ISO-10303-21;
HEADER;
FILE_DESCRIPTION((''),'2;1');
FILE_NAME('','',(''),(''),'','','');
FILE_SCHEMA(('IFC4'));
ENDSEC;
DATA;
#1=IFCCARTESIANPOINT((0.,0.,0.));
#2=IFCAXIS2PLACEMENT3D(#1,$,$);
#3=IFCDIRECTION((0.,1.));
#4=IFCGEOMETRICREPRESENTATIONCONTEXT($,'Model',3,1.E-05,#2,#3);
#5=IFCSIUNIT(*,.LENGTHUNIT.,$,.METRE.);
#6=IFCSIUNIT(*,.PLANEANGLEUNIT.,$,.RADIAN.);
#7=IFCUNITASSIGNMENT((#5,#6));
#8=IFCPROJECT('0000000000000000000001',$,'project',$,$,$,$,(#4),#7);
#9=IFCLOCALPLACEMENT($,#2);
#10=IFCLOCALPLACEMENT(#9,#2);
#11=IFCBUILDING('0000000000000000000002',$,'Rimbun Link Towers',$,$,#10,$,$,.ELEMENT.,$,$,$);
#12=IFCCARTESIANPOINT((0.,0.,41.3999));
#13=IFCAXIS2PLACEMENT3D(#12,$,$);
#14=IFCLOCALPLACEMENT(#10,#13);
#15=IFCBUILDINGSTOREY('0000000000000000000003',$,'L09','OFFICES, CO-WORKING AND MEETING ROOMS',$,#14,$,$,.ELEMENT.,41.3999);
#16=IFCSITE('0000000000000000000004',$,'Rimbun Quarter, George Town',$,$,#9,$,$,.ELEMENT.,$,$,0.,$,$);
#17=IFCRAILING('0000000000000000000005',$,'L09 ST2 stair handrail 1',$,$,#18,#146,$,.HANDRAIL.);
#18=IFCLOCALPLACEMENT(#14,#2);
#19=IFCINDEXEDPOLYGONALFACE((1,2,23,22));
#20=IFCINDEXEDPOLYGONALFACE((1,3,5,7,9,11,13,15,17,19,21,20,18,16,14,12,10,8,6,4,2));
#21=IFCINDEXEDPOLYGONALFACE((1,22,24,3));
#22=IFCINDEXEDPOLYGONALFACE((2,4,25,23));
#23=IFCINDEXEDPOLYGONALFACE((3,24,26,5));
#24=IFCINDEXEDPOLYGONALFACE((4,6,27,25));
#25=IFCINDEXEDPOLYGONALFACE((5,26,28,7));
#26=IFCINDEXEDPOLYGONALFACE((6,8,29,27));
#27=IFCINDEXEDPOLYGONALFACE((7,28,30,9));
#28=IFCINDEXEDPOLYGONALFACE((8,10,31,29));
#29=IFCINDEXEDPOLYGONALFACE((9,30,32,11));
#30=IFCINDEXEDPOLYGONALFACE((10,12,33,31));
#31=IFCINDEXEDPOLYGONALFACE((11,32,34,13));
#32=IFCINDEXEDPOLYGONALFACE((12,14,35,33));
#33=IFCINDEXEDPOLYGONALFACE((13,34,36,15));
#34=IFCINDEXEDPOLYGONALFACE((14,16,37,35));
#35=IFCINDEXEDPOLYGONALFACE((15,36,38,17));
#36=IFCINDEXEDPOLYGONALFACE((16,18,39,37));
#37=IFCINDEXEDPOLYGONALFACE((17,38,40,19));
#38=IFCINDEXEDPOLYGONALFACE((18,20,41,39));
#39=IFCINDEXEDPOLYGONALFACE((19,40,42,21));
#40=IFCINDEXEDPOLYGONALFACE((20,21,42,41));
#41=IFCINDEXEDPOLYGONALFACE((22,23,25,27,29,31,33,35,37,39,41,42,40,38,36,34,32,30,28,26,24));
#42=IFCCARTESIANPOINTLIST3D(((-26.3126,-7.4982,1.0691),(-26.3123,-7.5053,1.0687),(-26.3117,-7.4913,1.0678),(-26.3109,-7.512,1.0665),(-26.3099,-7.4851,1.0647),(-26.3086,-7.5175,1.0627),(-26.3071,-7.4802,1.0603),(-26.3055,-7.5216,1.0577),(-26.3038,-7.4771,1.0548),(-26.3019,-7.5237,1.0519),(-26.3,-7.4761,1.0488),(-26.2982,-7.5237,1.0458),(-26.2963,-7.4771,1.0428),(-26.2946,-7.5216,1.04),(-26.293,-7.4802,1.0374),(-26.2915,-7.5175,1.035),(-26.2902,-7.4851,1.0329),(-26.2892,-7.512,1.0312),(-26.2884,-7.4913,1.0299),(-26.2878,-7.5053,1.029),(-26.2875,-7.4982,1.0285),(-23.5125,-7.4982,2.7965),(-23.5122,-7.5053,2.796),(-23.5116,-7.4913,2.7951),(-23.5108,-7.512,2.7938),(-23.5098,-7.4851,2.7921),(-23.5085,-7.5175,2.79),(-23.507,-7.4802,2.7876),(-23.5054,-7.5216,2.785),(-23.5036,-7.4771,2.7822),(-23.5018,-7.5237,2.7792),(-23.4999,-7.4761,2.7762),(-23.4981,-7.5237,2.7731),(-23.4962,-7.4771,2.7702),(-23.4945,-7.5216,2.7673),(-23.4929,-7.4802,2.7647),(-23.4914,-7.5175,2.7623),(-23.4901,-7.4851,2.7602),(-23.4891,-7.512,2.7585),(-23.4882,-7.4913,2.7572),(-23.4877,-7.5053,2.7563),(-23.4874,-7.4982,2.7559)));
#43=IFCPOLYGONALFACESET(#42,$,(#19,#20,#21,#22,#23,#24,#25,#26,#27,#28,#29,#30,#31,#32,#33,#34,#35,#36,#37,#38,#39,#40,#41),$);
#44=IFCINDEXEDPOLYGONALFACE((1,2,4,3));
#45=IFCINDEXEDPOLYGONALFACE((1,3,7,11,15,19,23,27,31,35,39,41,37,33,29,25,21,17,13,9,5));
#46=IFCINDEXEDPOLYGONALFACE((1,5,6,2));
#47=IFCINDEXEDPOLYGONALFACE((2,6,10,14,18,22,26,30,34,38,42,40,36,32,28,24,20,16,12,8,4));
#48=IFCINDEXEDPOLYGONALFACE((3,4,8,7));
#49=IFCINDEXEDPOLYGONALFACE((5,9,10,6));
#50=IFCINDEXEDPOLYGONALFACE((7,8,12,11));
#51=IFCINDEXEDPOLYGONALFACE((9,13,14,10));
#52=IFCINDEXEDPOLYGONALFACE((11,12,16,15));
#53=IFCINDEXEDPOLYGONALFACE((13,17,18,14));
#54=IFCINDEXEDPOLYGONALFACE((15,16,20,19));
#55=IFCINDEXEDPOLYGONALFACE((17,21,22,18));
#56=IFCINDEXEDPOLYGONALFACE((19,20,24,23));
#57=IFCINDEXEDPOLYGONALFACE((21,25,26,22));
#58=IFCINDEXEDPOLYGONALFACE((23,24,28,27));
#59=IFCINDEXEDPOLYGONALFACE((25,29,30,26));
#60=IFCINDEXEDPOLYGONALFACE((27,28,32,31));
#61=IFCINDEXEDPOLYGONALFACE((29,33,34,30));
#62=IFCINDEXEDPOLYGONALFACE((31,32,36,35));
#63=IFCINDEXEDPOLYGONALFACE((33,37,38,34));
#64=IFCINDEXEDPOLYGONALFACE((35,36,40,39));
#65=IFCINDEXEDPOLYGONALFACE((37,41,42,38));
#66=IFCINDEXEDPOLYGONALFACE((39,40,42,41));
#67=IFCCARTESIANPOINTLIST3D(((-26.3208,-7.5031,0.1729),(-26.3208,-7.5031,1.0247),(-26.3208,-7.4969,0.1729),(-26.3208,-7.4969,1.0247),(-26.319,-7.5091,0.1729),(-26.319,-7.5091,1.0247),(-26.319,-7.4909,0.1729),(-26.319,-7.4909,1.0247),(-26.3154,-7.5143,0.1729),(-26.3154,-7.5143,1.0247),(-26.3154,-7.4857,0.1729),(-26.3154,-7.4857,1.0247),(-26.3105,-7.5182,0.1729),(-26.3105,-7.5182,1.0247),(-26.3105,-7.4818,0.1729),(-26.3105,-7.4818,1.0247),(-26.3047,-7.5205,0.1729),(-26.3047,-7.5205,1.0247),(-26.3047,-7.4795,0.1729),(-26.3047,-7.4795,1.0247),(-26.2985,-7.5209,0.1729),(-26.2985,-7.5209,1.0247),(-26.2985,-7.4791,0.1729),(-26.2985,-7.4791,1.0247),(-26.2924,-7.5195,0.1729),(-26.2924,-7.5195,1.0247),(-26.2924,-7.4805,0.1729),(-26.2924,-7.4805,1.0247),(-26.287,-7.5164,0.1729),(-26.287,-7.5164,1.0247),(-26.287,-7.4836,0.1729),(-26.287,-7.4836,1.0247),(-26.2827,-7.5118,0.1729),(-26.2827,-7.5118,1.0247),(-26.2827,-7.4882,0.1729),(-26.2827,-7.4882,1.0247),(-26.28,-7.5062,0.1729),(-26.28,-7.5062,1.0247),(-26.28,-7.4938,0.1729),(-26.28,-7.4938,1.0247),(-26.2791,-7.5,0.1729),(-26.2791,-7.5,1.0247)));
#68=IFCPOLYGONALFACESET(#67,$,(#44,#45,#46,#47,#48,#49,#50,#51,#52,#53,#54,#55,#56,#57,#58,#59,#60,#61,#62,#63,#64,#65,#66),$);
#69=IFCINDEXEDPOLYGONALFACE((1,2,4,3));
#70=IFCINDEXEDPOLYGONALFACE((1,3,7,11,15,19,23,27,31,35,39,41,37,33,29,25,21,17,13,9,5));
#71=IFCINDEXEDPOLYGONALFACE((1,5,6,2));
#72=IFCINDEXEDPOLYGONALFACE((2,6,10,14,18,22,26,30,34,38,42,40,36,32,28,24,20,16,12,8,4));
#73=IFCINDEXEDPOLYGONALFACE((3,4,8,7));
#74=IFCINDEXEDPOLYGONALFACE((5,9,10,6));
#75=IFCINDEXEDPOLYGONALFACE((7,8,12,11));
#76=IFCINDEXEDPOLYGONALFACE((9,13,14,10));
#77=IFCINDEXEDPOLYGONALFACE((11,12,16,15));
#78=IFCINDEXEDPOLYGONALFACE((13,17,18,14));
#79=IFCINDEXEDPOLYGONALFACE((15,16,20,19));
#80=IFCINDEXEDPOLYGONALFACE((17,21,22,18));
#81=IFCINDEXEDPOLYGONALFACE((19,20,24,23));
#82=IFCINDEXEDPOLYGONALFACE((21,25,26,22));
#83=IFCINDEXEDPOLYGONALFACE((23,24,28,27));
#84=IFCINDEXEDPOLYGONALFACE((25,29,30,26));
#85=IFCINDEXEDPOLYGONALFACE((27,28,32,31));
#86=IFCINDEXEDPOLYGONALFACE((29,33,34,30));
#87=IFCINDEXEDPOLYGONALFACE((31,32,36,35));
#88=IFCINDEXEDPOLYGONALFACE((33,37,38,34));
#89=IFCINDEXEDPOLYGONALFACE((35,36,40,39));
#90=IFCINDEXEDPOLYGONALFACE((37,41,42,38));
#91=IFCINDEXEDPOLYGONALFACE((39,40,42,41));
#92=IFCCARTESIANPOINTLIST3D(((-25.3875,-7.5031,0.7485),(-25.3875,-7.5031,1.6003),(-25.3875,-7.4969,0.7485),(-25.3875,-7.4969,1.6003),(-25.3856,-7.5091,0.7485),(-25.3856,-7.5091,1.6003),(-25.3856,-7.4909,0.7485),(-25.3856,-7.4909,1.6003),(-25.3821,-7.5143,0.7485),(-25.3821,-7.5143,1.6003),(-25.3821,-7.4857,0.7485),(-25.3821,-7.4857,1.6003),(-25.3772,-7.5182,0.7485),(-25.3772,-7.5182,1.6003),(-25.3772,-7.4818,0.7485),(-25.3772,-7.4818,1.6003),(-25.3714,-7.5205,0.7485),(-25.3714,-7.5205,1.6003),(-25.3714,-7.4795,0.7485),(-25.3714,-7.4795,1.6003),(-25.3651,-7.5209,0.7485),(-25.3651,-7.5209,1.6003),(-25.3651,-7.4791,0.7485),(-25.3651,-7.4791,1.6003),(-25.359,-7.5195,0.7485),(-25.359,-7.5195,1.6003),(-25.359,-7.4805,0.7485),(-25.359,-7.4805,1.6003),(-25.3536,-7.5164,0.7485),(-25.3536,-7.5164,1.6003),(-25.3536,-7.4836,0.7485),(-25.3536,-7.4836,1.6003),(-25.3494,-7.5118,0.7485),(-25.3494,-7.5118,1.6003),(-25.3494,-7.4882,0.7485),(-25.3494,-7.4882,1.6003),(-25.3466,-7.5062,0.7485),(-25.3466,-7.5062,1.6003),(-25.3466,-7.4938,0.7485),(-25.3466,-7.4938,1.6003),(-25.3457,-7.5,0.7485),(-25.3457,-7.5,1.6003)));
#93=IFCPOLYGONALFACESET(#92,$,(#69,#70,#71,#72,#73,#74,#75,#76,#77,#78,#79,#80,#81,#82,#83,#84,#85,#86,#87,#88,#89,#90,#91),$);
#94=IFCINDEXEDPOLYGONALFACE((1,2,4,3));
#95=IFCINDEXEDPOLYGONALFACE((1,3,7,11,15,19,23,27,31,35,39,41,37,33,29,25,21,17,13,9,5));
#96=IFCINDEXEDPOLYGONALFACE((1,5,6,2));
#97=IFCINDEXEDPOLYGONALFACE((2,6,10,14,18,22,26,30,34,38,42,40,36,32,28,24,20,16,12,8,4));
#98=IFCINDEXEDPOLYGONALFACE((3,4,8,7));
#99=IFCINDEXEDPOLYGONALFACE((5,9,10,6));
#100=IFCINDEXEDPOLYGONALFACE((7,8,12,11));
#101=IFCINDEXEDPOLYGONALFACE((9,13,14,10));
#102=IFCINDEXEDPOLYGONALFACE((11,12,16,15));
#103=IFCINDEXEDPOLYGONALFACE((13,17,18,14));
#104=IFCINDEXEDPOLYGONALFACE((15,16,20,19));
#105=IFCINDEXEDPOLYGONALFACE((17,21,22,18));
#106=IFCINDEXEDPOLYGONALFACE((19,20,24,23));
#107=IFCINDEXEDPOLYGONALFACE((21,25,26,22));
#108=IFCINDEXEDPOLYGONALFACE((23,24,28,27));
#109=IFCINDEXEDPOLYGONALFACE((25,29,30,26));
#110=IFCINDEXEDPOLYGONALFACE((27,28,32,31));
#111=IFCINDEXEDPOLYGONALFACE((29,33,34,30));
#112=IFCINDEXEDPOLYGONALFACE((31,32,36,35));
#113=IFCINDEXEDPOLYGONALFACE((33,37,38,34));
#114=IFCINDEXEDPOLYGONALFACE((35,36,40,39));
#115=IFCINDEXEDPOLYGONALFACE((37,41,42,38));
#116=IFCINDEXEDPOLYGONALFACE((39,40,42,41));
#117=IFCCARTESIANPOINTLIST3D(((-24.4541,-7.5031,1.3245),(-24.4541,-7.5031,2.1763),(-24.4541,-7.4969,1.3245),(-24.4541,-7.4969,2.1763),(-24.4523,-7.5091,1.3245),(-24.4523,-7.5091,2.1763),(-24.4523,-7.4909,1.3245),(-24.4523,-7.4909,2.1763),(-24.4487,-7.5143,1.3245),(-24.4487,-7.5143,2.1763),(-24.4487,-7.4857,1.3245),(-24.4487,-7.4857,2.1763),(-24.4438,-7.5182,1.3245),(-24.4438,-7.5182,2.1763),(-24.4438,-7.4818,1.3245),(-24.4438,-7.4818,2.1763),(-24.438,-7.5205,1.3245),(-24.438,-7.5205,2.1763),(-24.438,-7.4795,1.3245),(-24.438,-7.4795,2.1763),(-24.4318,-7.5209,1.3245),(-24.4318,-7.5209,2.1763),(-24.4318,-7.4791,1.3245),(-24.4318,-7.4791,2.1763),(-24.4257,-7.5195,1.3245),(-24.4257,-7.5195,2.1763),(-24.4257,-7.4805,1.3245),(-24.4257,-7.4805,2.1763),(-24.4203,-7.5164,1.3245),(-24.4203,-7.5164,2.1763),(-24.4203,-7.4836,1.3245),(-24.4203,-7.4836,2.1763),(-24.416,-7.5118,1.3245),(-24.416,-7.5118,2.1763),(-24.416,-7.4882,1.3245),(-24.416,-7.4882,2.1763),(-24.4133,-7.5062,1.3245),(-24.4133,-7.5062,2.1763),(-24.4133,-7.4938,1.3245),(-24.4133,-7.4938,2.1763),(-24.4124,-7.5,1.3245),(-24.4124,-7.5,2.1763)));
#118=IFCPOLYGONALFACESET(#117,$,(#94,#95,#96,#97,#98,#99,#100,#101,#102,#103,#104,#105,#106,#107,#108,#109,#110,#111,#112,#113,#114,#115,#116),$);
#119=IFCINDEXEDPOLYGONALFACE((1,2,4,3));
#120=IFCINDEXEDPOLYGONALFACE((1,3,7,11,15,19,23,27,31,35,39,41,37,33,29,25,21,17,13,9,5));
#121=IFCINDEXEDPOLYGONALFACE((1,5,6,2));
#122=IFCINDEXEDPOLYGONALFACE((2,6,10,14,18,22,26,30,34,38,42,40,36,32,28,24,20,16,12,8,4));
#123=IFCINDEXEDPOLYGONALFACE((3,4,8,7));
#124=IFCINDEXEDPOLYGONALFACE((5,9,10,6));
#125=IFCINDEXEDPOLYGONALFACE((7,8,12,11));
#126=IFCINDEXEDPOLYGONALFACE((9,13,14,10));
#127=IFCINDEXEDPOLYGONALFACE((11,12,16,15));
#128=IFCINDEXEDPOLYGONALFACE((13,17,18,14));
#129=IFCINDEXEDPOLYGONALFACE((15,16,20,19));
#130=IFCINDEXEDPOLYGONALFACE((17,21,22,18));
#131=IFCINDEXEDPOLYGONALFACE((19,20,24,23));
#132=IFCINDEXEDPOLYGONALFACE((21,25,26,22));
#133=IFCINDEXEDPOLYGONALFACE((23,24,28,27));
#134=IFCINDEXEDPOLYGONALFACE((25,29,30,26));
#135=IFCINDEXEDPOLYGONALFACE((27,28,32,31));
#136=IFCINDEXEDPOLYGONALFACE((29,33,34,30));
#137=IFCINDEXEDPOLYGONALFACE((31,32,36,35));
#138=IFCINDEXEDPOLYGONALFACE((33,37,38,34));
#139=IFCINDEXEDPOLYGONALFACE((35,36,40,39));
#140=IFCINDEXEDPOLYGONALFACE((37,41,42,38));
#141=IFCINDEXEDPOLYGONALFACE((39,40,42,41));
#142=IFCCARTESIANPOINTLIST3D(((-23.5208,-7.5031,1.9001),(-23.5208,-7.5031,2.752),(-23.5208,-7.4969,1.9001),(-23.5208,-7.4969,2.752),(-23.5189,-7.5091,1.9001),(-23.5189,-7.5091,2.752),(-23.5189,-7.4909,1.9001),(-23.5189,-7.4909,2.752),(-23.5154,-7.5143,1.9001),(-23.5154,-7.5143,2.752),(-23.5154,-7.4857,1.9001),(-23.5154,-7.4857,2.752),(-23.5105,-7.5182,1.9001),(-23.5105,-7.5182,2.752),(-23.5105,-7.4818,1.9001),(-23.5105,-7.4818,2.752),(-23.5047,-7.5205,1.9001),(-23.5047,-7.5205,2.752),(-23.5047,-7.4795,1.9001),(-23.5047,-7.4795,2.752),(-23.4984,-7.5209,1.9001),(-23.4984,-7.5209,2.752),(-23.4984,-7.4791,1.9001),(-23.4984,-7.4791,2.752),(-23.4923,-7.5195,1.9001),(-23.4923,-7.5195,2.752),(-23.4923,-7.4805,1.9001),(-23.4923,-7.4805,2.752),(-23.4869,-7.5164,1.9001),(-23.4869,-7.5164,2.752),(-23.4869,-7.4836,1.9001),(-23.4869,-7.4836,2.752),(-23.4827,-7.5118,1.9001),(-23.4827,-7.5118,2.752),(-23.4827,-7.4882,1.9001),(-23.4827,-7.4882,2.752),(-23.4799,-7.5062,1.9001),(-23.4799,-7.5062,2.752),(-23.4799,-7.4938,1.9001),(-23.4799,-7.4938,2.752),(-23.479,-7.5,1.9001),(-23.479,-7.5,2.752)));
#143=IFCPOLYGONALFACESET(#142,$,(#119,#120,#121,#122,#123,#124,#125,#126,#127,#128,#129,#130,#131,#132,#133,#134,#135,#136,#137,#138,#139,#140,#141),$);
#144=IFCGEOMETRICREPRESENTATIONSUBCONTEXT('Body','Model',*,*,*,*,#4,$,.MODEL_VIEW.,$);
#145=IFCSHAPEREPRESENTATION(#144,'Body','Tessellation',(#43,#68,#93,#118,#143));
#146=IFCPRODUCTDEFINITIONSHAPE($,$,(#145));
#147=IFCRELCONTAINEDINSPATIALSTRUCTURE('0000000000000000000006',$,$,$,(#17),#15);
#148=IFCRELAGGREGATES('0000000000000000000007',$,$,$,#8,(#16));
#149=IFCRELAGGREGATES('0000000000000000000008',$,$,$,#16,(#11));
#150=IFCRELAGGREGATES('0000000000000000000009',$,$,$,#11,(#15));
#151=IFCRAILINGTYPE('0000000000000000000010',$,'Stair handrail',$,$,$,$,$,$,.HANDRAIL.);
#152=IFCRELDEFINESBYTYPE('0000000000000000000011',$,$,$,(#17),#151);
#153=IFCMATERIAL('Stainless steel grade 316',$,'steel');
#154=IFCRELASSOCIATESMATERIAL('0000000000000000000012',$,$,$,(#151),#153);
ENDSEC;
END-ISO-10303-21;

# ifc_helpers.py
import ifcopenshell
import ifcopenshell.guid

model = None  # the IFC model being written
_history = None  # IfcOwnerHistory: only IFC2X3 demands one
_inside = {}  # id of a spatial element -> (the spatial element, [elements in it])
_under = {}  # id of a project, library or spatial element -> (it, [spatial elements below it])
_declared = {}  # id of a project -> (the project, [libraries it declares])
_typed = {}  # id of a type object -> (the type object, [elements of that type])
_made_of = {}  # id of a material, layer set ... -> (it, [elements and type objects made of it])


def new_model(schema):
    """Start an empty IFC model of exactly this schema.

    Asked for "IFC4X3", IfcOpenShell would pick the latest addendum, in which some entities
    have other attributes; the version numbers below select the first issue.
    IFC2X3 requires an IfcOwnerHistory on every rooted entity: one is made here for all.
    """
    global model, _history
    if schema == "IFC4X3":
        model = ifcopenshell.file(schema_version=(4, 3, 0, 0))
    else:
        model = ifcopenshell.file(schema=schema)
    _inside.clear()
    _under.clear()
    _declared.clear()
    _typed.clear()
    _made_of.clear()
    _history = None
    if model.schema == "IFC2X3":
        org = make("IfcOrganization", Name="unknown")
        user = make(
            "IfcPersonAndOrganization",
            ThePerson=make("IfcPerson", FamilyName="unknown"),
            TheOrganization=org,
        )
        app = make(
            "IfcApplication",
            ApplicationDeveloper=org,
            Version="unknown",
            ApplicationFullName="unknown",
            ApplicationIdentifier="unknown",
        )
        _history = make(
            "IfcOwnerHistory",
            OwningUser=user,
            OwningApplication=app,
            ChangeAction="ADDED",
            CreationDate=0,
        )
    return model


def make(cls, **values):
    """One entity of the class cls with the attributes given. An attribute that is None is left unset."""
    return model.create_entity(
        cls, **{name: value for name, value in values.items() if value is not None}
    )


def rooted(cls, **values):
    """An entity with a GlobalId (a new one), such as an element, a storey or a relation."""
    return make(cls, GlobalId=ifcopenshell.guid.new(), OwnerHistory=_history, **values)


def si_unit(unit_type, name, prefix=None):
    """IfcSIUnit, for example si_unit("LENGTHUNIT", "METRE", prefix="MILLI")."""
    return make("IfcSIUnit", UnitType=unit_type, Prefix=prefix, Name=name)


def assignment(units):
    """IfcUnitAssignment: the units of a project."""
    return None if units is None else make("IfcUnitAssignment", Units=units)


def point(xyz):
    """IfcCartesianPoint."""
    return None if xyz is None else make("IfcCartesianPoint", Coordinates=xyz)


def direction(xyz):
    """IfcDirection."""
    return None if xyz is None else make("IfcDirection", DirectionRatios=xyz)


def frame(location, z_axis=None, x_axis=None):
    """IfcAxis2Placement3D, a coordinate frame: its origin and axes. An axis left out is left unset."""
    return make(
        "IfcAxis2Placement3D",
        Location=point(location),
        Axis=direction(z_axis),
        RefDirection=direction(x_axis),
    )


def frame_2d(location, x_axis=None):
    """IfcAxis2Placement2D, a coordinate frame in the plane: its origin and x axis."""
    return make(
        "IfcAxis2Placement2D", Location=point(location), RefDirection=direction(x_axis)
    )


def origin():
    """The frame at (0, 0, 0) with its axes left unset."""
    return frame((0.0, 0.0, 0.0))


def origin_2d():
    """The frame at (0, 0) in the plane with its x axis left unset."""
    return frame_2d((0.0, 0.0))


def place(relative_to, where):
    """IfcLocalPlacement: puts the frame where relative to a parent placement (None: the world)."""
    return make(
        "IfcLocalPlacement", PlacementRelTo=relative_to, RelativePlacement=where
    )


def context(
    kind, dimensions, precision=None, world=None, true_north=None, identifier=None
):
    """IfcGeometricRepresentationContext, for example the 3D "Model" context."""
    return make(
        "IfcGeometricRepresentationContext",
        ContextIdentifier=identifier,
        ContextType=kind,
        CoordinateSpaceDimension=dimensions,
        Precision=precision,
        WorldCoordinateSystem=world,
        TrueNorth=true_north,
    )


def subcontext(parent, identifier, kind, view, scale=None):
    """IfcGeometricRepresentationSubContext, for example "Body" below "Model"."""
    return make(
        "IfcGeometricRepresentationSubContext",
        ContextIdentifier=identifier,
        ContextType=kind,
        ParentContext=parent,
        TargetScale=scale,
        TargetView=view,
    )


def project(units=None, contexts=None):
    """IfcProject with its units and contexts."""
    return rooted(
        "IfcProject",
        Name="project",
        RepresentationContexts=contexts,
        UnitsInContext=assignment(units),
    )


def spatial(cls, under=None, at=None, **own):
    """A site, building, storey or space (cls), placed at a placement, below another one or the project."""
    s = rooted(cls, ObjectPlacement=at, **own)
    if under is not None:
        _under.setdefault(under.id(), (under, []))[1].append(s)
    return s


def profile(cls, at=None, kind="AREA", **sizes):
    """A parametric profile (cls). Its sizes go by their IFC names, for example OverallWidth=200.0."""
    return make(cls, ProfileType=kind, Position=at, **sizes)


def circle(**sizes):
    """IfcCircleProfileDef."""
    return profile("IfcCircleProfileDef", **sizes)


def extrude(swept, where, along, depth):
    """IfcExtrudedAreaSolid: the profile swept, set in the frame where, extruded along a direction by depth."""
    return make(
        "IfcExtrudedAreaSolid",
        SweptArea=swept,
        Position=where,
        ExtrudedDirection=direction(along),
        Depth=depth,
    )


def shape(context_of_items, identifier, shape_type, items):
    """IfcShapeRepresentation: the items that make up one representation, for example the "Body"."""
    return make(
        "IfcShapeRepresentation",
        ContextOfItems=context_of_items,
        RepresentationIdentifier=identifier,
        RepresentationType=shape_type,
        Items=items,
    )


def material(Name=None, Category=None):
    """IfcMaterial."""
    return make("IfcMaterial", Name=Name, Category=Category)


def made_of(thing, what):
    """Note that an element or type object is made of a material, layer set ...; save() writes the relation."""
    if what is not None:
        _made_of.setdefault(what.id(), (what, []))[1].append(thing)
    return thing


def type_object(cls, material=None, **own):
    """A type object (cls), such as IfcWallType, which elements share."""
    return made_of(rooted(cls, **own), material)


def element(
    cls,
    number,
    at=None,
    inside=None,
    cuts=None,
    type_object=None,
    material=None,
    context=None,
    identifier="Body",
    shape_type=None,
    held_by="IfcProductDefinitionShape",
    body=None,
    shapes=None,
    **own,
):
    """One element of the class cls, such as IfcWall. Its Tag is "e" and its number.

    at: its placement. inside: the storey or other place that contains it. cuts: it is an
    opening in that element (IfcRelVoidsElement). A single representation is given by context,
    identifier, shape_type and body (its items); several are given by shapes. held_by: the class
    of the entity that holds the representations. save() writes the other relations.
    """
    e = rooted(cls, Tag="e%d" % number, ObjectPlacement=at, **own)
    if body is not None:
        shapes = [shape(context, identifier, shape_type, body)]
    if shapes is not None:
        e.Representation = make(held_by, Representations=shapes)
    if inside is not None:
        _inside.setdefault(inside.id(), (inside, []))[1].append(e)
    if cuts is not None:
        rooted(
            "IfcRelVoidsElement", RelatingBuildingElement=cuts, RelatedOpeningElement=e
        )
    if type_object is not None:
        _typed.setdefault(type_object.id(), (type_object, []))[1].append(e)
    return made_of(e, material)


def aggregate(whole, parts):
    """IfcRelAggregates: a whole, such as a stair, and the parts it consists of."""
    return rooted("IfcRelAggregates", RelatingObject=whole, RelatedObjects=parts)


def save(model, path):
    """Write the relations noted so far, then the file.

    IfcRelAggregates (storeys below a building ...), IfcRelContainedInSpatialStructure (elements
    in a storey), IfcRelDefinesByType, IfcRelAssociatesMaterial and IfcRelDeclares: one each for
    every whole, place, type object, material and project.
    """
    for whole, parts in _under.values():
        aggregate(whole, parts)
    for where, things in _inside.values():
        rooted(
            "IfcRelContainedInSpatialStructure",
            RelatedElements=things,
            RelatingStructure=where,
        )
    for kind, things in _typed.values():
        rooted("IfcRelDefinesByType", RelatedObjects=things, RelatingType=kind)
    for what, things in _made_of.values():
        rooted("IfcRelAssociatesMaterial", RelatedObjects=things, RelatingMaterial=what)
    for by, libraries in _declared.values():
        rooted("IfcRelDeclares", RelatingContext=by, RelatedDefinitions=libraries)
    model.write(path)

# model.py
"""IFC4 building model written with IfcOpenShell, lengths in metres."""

from ifc_helpers import new_model, si_unit, direction, frame, origin, origin_2d, place, context, subcontext, project, spatial, circle, extrude, material, type_object, element, save


model = new_model("IFC4")

# Units and contexts
model_context = context("Model", 3, precision=1e-05, world=origin(), true_north=direction((0.0, 1.0)))
body_context = subcontext(model_context, "Body", "Model", "MODEL_VIEW")
ifc_project = project(units=[si_unit("LENGTHUNIT", "METRE"), si_unit("PLANEANGLEUNIT", "RADIAN")], contexts=[model_context])

# Site, building, storey
site_placement = place(None, origin())
site = spatial("IfcSite", under=ifc_project, at=site_placement, Name="Rimbun Quarter, George Town", CompositionType="ELEMENT", RefElevation=0.0)
building_placement = place(site_placement, origin())
building = spatial("IfcBuilding", under=site, at=building_placement, Name="Rimbun Link Towers", CompositionType="ELEMENT")
storey_placement = place(building_placement, frame((0.0, 0.0, 41.3999)))
storey = spatial("IfcBuildingStorey", under=building, at=storey_placement, Name="L09", Description="OFFICES, CO-WORKING AND MEETING ROOMS", CompositionType="ELEMENT", Elevation=41.3999)

# Railing
ifc_material_1 = material(Name="Stainless steel grade 316", Category="steel")
railing_type_1 = type_object("IfcRailingType", Name="Stair handrail", PredefinedType="HANDRAIL", material=ifc_material_1)
railing_1_placement = place(storey_placement, frame((-26.3, -7.5, 0.1729)))
element("IfcRailing", 1, at=railing_1_placement, inside=storey, type_object=railing_type_1, Name="L09 ST2 stair handrail 1", PredefinedType="HANDRAIL", context=body_context, shape_type="SweptSolid", body=[
    extrude(circle(Radius=0.0239, at=origin_2d()), frame((0.0, 0.0, 0.876), z_axis=(0.85109, 0.0, 0.52502), x_axis=(0.0, 1.0, 0.0)), (0.0, 0.0, 1.0), 3.29),
    extrude(circle(Radius=0.021, at=origin_2d()), origin(), (0.0, 0.0, 1.0), 0.8518),
    extrude(circle(Radius=0.021, at=origin_2d()), frame((0.9333, 0.0, 0.5757)), (0.0, 0.0, 1.0), 0.8518),
    extrude(circle(Radius=0.021, at=origin_2d()), frame((1.8667, 0.0, 1.1516)), (0.0, 0.0, 1.0), 0.8518),
    extrude(circle(Radius=0.021, at=origin_2d()), frame((2.8, 0.0, 1.7273)), (0.0, 0.0, 1.0), 0.8518),
])

save(model, "model.ifc")
